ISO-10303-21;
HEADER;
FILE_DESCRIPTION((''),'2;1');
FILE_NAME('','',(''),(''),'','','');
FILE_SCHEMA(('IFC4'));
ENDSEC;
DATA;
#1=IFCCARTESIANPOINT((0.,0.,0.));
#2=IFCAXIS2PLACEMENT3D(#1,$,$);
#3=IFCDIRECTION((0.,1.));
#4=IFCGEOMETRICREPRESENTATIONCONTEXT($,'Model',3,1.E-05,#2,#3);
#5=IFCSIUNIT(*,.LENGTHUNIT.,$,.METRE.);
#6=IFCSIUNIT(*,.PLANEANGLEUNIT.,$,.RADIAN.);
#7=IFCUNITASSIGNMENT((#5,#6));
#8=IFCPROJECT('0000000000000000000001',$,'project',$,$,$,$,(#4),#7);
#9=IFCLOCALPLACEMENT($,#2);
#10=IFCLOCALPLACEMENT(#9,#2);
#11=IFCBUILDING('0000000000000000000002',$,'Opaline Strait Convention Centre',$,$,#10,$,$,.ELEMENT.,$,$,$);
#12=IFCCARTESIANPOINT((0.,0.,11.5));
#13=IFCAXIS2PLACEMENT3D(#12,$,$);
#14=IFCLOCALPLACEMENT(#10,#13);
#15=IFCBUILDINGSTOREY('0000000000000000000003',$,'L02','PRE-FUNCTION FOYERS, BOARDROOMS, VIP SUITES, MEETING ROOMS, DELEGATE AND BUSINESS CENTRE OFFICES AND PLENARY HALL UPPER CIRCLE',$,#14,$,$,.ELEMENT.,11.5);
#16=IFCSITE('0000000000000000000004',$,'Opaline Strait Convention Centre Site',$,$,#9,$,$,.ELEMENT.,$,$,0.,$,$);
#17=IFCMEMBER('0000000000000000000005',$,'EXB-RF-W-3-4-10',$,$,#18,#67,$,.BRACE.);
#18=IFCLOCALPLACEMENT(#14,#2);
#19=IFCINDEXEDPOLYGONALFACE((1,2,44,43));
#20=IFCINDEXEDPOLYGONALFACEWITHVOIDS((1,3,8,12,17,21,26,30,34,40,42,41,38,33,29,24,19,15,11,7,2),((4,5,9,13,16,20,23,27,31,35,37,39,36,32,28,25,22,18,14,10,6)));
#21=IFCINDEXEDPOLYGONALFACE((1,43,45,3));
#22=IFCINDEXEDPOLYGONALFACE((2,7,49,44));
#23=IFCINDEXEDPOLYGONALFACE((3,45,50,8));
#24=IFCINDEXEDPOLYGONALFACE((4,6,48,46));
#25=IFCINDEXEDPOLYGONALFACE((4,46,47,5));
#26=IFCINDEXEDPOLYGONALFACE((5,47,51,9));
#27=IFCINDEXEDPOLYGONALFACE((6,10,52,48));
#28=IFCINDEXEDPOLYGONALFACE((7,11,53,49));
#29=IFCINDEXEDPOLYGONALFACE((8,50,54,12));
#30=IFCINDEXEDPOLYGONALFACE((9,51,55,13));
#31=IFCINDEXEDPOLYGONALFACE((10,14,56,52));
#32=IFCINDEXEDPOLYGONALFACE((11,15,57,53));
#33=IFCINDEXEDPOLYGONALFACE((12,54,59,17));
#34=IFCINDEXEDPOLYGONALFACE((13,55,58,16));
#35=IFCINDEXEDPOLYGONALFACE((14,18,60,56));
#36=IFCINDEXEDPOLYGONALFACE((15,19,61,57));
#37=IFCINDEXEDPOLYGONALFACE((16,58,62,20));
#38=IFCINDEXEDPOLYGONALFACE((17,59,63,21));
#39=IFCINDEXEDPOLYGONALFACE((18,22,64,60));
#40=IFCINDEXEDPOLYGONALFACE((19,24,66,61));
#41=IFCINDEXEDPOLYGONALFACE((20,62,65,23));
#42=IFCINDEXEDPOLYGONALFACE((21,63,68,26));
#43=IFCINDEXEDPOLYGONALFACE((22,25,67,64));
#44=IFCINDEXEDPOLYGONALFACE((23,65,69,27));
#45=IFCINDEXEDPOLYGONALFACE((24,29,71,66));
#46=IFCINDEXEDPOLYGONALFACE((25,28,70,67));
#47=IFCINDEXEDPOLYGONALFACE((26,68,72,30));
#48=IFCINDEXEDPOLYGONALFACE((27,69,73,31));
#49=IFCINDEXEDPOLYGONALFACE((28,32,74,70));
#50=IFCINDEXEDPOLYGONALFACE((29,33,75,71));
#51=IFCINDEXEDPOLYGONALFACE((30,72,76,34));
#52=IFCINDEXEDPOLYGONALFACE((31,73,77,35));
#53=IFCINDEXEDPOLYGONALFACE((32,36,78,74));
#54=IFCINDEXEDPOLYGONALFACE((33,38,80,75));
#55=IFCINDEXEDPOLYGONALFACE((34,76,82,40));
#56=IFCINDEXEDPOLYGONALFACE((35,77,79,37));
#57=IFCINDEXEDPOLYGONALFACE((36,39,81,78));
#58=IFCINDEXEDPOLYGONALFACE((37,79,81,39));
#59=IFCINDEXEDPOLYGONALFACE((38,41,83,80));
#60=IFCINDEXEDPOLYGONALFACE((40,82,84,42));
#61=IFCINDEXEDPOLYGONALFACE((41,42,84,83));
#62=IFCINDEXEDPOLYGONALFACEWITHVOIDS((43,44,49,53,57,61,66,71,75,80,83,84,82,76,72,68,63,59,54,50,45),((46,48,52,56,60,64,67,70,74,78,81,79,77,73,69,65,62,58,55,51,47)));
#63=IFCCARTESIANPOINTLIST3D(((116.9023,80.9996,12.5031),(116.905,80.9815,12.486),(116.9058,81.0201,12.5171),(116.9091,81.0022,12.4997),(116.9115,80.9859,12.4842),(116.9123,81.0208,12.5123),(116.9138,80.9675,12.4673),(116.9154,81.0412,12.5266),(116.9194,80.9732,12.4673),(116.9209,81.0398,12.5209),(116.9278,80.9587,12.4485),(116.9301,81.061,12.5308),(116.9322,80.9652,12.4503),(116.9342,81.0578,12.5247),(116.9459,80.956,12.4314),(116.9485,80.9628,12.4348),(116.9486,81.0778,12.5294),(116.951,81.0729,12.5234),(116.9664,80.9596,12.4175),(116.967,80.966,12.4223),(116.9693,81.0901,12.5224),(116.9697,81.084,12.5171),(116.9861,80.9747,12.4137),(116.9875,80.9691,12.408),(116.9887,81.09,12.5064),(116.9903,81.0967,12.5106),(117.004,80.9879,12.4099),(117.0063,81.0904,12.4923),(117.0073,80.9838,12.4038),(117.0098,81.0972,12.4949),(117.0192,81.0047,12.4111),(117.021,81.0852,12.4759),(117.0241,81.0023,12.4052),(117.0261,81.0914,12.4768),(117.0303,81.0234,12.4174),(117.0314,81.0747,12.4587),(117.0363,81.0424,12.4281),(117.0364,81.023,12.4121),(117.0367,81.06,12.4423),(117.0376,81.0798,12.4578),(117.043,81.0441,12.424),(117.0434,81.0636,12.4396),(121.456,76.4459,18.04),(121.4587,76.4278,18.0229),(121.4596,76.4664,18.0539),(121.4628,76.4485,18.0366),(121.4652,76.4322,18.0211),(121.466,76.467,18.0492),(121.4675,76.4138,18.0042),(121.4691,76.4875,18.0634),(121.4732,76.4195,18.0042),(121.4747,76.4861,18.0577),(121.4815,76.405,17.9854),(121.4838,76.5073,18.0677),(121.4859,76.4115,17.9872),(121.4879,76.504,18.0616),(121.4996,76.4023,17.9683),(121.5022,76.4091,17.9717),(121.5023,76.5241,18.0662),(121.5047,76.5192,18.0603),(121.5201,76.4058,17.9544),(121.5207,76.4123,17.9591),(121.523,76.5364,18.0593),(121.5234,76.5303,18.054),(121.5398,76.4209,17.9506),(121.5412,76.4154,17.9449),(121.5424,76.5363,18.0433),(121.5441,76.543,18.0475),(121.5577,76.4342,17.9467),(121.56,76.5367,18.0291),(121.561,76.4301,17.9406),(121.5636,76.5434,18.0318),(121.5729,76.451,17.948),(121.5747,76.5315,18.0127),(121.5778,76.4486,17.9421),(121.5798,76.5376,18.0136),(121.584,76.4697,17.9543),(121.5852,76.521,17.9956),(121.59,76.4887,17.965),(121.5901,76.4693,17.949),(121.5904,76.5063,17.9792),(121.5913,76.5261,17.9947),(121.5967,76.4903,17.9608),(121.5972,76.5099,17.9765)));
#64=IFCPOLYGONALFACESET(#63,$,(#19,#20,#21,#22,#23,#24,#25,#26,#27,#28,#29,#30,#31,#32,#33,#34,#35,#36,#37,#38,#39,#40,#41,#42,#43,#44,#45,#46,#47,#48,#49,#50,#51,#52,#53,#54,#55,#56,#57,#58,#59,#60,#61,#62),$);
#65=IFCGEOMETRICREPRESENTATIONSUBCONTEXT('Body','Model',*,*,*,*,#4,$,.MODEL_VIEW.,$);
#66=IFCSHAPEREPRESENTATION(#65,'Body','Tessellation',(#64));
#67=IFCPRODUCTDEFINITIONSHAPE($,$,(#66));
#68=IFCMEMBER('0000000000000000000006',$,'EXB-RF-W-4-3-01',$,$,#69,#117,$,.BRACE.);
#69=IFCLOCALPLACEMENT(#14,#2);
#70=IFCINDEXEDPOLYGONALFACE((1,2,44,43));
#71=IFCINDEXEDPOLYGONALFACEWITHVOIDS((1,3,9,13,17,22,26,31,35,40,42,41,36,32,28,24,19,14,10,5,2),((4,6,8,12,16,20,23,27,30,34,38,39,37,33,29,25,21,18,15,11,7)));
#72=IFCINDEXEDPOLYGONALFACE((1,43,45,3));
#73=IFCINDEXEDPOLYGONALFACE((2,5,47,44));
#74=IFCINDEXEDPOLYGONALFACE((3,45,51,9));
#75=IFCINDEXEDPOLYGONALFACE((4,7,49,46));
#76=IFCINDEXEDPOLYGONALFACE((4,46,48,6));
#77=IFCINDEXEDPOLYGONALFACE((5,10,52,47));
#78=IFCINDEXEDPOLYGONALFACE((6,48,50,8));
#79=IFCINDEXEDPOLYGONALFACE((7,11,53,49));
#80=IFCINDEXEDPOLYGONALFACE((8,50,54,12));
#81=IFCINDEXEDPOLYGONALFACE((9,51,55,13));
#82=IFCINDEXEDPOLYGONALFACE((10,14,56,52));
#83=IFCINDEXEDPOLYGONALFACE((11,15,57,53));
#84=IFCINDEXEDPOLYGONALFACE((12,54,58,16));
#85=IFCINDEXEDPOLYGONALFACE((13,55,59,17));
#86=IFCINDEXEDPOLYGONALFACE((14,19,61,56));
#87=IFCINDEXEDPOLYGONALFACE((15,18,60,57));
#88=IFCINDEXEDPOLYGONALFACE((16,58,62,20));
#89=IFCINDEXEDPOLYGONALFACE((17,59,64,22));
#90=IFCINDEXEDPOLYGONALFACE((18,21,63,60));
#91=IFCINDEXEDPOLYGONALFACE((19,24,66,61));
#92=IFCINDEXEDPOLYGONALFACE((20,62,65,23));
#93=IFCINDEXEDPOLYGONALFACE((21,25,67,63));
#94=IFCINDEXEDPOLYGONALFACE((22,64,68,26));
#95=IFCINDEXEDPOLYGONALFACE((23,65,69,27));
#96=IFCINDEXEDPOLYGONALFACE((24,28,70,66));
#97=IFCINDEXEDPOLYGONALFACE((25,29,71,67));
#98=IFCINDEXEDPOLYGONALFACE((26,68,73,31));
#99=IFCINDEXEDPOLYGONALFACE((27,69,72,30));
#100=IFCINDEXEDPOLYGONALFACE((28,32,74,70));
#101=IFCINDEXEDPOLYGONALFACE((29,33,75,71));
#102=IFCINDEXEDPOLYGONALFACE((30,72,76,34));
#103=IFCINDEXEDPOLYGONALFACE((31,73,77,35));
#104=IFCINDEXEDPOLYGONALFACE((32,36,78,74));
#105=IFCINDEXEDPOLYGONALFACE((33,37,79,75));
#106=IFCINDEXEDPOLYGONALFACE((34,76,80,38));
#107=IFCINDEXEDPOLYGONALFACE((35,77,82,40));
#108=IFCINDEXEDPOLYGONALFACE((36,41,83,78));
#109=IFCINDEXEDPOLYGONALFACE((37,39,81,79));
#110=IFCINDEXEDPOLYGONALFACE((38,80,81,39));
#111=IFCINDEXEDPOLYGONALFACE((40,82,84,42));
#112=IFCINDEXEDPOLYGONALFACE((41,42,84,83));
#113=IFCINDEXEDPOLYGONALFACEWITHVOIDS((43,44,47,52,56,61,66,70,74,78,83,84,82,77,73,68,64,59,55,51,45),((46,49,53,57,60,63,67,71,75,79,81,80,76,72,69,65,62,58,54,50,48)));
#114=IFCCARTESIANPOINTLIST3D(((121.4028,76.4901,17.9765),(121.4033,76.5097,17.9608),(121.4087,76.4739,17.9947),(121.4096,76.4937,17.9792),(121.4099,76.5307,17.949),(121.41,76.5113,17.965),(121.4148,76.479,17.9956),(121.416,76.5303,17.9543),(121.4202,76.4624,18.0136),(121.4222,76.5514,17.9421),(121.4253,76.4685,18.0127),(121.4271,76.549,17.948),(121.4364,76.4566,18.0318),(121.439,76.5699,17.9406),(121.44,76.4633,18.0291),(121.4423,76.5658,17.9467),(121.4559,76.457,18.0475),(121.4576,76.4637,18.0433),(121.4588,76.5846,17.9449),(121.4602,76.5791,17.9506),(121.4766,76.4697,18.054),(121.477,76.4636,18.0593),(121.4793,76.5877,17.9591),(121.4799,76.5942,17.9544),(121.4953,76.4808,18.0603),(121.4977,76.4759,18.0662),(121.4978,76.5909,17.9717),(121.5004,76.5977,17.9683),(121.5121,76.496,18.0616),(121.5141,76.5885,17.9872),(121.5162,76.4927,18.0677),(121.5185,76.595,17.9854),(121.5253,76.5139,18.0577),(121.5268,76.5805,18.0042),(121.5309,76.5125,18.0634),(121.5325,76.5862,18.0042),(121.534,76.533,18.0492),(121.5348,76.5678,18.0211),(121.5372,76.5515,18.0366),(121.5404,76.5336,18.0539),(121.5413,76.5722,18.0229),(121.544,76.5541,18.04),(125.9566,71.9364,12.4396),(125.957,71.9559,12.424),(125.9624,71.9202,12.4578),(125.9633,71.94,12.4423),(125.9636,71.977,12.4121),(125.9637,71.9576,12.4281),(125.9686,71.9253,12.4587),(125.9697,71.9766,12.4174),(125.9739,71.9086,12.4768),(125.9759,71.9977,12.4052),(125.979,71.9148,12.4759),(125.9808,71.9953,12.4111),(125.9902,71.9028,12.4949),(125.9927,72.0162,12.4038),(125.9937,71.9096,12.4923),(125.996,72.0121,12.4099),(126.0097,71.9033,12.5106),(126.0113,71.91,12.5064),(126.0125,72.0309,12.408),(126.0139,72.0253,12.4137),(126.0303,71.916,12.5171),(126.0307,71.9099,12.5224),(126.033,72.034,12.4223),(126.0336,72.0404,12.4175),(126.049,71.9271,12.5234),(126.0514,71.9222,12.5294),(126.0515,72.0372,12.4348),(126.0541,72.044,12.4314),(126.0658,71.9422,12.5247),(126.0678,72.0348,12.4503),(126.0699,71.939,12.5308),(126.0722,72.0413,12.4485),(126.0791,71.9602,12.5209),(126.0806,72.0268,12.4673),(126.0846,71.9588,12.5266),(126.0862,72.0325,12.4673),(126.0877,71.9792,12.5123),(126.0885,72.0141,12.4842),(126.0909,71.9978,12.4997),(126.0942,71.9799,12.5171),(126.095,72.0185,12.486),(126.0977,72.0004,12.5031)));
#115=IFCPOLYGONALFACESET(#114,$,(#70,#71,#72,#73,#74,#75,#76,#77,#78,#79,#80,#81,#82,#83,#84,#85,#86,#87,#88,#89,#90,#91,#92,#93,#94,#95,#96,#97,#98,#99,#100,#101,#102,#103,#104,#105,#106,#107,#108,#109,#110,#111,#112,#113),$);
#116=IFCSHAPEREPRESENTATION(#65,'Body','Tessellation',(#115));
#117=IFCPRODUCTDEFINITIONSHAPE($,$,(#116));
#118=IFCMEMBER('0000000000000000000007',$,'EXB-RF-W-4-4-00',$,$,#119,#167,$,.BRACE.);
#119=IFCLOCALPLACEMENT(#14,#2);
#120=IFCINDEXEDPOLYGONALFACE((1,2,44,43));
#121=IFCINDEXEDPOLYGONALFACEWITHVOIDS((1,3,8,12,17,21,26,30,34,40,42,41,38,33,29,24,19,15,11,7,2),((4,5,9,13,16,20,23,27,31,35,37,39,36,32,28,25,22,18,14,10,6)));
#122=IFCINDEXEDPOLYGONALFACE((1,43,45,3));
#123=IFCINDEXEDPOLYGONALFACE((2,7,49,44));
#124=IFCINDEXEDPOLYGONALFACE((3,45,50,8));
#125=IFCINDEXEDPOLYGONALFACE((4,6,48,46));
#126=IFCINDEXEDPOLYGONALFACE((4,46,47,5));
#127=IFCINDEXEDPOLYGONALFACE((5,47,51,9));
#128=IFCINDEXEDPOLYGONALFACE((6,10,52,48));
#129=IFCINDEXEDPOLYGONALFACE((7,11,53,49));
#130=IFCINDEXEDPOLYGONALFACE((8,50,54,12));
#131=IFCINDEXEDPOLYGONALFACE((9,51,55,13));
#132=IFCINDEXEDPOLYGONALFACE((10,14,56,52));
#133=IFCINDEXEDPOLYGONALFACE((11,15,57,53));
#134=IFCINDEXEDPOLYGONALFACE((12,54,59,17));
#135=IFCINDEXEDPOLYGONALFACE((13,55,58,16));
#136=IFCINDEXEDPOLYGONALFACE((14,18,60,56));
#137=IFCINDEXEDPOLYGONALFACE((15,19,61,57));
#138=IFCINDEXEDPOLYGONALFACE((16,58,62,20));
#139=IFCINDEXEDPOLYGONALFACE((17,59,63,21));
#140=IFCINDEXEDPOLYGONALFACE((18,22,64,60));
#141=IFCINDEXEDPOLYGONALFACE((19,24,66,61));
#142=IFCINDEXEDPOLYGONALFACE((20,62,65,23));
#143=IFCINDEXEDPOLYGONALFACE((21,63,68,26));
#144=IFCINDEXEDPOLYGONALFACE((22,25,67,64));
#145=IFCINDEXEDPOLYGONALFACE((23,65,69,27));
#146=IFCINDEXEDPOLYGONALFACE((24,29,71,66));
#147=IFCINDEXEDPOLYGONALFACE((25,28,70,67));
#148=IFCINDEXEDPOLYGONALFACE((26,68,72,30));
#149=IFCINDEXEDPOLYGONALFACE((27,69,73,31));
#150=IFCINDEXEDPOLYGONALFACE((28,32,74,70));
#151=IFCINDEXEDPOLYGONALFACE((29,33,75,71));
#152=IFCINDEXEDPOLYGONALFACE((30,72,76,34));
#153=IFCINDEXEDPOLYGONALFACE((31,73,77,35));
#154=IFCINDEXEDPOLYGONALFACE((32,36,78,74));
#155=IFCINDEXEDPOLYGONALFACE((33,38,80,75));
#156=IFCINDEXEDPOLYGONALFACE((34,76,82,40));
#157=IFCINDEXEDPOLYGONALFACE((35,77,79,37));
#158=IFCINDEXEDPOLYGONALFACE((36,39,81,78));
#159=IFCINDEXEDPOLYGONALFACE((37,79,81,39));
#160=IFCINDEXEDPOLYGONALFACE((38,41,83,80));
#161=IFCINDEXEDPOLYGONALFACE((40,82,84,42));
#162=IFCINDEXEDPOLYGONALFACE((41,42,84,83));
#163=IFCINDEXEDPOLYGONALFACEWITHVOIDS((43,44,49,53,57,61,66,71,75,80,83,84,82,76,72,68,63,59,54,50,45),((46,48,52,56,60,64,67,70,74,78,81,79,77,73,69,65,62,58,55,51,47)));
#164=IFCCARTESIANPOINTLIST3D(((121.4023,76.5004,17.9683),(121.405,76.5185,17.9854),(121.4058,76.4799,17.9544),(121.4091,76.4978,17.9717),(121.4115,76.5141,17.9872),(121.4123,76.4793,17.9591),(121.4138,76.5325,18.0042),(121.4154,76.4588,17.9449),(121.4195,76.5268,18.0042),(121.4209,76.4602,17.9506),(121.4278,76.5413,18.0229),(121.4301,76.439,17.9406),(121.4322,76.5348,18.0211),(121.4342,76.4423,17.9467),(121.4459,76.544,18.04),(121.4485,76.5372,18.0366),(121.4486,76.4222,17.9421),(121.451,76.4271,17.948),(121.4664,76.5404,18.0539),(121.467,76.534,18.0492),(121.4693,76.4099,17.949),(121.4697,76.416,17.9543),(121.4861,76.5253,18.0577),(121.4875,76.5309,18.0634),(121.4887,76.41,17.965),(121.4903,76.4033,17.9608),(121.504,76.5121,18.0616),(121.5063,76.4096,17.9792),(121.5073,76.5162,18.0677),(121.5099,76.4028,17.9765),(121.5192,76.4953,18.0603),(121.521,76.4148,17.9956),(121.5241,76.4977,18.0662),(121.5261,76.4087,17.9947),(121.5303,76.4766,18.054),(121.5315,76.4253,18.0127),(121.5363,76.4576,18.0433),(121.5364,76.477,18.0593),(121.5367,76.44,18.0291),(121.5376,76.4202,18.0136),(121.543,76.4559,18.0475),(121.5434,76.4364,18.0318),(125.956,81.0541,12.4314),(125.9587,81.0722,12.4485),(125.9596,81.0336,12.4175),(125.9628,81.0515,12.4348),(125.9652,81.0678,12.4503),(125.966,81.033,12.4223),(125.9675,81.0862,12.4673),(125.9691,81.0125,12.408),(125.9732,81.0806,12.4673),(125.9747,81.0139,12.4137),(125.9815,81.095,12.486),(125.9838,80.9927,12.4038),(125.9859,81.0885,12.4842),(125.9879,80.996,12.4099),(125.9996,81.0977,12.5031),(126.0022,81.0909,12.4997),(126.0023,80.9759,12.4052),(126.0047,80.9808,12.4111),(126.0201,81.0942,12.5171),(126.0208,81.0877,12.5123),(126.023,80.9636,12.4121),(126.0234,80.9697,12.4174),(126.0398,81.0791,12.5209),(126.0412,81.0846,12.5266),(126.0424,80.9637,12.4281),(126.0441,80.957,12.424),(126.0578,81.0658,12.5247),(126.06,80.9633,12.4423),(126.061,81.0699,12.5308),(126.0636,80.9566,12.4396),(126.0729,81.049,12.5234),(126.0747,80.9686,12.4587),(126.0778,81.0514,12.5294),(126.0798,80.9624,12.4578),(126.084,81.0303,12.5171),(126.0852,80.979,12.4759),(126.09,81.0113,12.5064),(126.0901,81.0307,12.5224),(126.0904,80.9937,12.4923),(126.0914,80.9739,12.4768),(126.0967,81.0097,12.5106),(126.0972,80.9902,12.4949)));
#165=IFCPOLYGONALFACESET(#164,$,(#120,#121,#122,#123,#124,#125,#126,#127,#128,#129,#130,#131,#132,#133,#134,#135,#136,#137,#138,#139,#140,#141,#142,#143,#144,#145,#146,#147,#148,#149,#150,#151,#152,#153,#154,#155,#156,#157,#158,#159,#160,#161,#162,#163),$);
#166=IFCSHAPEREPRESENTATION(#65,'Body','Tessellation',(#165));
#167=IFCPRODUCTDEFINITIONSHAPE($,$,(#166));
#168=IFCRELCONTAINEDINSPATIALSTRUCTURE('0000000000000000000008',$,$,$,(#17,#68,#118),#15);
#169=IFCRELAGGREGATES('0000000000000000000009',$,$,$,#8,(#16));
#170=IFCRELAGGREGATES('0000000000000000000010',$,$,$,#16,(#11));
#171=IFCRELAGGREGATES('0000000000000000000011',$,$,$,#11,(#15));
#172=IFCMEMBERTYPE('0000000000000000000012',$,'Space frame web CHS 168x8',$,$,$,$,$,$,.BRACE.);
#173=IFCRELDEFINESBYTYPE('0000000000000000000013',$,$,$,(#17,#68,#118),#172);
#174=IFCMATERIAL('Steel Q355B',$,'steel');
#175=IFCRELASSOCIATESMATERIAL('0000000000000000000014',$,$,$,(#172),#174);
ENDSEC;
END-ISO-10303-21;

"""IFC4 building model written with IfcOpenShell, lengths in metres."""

from ifc_helpers import new_model, si_unit, direction, frame, origin, origin_2d, place, context, subcontext, project, spatial, hollow_circle, extrude, material, material_profile, profile_set, type_object, element, save


model = new_model("IFC4")

# Units and contexts
model_context = context("Model", 3, precision=1e-05, world=origin(), true_north=direction((0.0, 1.0)))
body_context = subcontext(model_context, "Body", "Model", "MODEL_VIEW")
ifc_project = project(units=[si_unit("LENGTHUNIT", "METRE"), si_unit("PLANEANGLEUNIT", "RADIAN")], contexts=[model_context])

# Site, building, storey
site_placement = place(None, origin())
site = spatial("IfcSite", under=ifc_project, at=site_placement, Name="Opaline Strait Convention Centre Site", CompositionType="ELEMENT", RefElevation=0.0)
building_placement = place(site_placement, origin())
building = spatial("IfcBuilding", under=site, at=building_placement, Name="Opaline Strait Convention Centre", CompositionType="ELEMENT")
storey_placement = place(building_placement, frame((0.0, 0.0, 11.5)))
storey = spatial("IfcBuildingStorey", under=building, at=storey_placement, Name="L02", Description="PRE-FUNCTION FOYERS, BOARDROOMS, VIP SUITES, MEETING ROOMS, DELEGATE AND BUSINESS CENTRE OFFICES AND PLENARY HALL UPPER CIRCLE", CompositionType="ELEMENT", Elevation=11.5)

# Members
ifc_material_1 = material(Name="Steel Q355B", Category="steel")
ifc_material_profile_1 = material_profile(ifc_material_1, hollow_circle(Radius=0.084, WallThickness=0.0081, at=origin_2d()), Name="CHS 168x8")
ifc_profile_set_1 = profile_set([ifc_material_profile_1], Name="Steel Q355B")
member_type_1 = type_object("IfcMemberType", Name="Space frame web CHS 168x8", PredefinedType="BRACE", material=ifc_profile_set_1)
for number, where, z_axis, x_axis, name in (
    (1, (121.5269, 76.4731, 18.0042), (-0.536178, 0.536178, -0.65194), (-0.707107, -0.707107, 0.0), "EXB-RF-W-3-4-10"),
    (2, (121.4731, 76.5269, 18.0042), (0.536178, -0.536178, -0.65194), (0.707107, 0.707107, 0.0), "EXB-RF-W-4-3-01"),
    (3, (121.4731, 76.4731, 18.0042), (0.536178, 0.536178, -0.65194), (-0.707107, 0.707107, 0.0), "EXB-RF-W-4-4-00"),
):
    element("IfcMember", number, at=place(storey_placement, frame(where, z_axis=z_axis, x_axis=x_axis)), inside=storey, type_object=member_type_1, Name=name, PredefinedType="BRACE", context=body_context, shape_type="SweptSolid", body=[
        extrude(hollow_circle(Radius=0.084, WallThickness=0.0081, at=origin_2d()), origin(), (0.0, 0.0, 1.0), 8.4929),
    ])

save(model, "model.ifc")
